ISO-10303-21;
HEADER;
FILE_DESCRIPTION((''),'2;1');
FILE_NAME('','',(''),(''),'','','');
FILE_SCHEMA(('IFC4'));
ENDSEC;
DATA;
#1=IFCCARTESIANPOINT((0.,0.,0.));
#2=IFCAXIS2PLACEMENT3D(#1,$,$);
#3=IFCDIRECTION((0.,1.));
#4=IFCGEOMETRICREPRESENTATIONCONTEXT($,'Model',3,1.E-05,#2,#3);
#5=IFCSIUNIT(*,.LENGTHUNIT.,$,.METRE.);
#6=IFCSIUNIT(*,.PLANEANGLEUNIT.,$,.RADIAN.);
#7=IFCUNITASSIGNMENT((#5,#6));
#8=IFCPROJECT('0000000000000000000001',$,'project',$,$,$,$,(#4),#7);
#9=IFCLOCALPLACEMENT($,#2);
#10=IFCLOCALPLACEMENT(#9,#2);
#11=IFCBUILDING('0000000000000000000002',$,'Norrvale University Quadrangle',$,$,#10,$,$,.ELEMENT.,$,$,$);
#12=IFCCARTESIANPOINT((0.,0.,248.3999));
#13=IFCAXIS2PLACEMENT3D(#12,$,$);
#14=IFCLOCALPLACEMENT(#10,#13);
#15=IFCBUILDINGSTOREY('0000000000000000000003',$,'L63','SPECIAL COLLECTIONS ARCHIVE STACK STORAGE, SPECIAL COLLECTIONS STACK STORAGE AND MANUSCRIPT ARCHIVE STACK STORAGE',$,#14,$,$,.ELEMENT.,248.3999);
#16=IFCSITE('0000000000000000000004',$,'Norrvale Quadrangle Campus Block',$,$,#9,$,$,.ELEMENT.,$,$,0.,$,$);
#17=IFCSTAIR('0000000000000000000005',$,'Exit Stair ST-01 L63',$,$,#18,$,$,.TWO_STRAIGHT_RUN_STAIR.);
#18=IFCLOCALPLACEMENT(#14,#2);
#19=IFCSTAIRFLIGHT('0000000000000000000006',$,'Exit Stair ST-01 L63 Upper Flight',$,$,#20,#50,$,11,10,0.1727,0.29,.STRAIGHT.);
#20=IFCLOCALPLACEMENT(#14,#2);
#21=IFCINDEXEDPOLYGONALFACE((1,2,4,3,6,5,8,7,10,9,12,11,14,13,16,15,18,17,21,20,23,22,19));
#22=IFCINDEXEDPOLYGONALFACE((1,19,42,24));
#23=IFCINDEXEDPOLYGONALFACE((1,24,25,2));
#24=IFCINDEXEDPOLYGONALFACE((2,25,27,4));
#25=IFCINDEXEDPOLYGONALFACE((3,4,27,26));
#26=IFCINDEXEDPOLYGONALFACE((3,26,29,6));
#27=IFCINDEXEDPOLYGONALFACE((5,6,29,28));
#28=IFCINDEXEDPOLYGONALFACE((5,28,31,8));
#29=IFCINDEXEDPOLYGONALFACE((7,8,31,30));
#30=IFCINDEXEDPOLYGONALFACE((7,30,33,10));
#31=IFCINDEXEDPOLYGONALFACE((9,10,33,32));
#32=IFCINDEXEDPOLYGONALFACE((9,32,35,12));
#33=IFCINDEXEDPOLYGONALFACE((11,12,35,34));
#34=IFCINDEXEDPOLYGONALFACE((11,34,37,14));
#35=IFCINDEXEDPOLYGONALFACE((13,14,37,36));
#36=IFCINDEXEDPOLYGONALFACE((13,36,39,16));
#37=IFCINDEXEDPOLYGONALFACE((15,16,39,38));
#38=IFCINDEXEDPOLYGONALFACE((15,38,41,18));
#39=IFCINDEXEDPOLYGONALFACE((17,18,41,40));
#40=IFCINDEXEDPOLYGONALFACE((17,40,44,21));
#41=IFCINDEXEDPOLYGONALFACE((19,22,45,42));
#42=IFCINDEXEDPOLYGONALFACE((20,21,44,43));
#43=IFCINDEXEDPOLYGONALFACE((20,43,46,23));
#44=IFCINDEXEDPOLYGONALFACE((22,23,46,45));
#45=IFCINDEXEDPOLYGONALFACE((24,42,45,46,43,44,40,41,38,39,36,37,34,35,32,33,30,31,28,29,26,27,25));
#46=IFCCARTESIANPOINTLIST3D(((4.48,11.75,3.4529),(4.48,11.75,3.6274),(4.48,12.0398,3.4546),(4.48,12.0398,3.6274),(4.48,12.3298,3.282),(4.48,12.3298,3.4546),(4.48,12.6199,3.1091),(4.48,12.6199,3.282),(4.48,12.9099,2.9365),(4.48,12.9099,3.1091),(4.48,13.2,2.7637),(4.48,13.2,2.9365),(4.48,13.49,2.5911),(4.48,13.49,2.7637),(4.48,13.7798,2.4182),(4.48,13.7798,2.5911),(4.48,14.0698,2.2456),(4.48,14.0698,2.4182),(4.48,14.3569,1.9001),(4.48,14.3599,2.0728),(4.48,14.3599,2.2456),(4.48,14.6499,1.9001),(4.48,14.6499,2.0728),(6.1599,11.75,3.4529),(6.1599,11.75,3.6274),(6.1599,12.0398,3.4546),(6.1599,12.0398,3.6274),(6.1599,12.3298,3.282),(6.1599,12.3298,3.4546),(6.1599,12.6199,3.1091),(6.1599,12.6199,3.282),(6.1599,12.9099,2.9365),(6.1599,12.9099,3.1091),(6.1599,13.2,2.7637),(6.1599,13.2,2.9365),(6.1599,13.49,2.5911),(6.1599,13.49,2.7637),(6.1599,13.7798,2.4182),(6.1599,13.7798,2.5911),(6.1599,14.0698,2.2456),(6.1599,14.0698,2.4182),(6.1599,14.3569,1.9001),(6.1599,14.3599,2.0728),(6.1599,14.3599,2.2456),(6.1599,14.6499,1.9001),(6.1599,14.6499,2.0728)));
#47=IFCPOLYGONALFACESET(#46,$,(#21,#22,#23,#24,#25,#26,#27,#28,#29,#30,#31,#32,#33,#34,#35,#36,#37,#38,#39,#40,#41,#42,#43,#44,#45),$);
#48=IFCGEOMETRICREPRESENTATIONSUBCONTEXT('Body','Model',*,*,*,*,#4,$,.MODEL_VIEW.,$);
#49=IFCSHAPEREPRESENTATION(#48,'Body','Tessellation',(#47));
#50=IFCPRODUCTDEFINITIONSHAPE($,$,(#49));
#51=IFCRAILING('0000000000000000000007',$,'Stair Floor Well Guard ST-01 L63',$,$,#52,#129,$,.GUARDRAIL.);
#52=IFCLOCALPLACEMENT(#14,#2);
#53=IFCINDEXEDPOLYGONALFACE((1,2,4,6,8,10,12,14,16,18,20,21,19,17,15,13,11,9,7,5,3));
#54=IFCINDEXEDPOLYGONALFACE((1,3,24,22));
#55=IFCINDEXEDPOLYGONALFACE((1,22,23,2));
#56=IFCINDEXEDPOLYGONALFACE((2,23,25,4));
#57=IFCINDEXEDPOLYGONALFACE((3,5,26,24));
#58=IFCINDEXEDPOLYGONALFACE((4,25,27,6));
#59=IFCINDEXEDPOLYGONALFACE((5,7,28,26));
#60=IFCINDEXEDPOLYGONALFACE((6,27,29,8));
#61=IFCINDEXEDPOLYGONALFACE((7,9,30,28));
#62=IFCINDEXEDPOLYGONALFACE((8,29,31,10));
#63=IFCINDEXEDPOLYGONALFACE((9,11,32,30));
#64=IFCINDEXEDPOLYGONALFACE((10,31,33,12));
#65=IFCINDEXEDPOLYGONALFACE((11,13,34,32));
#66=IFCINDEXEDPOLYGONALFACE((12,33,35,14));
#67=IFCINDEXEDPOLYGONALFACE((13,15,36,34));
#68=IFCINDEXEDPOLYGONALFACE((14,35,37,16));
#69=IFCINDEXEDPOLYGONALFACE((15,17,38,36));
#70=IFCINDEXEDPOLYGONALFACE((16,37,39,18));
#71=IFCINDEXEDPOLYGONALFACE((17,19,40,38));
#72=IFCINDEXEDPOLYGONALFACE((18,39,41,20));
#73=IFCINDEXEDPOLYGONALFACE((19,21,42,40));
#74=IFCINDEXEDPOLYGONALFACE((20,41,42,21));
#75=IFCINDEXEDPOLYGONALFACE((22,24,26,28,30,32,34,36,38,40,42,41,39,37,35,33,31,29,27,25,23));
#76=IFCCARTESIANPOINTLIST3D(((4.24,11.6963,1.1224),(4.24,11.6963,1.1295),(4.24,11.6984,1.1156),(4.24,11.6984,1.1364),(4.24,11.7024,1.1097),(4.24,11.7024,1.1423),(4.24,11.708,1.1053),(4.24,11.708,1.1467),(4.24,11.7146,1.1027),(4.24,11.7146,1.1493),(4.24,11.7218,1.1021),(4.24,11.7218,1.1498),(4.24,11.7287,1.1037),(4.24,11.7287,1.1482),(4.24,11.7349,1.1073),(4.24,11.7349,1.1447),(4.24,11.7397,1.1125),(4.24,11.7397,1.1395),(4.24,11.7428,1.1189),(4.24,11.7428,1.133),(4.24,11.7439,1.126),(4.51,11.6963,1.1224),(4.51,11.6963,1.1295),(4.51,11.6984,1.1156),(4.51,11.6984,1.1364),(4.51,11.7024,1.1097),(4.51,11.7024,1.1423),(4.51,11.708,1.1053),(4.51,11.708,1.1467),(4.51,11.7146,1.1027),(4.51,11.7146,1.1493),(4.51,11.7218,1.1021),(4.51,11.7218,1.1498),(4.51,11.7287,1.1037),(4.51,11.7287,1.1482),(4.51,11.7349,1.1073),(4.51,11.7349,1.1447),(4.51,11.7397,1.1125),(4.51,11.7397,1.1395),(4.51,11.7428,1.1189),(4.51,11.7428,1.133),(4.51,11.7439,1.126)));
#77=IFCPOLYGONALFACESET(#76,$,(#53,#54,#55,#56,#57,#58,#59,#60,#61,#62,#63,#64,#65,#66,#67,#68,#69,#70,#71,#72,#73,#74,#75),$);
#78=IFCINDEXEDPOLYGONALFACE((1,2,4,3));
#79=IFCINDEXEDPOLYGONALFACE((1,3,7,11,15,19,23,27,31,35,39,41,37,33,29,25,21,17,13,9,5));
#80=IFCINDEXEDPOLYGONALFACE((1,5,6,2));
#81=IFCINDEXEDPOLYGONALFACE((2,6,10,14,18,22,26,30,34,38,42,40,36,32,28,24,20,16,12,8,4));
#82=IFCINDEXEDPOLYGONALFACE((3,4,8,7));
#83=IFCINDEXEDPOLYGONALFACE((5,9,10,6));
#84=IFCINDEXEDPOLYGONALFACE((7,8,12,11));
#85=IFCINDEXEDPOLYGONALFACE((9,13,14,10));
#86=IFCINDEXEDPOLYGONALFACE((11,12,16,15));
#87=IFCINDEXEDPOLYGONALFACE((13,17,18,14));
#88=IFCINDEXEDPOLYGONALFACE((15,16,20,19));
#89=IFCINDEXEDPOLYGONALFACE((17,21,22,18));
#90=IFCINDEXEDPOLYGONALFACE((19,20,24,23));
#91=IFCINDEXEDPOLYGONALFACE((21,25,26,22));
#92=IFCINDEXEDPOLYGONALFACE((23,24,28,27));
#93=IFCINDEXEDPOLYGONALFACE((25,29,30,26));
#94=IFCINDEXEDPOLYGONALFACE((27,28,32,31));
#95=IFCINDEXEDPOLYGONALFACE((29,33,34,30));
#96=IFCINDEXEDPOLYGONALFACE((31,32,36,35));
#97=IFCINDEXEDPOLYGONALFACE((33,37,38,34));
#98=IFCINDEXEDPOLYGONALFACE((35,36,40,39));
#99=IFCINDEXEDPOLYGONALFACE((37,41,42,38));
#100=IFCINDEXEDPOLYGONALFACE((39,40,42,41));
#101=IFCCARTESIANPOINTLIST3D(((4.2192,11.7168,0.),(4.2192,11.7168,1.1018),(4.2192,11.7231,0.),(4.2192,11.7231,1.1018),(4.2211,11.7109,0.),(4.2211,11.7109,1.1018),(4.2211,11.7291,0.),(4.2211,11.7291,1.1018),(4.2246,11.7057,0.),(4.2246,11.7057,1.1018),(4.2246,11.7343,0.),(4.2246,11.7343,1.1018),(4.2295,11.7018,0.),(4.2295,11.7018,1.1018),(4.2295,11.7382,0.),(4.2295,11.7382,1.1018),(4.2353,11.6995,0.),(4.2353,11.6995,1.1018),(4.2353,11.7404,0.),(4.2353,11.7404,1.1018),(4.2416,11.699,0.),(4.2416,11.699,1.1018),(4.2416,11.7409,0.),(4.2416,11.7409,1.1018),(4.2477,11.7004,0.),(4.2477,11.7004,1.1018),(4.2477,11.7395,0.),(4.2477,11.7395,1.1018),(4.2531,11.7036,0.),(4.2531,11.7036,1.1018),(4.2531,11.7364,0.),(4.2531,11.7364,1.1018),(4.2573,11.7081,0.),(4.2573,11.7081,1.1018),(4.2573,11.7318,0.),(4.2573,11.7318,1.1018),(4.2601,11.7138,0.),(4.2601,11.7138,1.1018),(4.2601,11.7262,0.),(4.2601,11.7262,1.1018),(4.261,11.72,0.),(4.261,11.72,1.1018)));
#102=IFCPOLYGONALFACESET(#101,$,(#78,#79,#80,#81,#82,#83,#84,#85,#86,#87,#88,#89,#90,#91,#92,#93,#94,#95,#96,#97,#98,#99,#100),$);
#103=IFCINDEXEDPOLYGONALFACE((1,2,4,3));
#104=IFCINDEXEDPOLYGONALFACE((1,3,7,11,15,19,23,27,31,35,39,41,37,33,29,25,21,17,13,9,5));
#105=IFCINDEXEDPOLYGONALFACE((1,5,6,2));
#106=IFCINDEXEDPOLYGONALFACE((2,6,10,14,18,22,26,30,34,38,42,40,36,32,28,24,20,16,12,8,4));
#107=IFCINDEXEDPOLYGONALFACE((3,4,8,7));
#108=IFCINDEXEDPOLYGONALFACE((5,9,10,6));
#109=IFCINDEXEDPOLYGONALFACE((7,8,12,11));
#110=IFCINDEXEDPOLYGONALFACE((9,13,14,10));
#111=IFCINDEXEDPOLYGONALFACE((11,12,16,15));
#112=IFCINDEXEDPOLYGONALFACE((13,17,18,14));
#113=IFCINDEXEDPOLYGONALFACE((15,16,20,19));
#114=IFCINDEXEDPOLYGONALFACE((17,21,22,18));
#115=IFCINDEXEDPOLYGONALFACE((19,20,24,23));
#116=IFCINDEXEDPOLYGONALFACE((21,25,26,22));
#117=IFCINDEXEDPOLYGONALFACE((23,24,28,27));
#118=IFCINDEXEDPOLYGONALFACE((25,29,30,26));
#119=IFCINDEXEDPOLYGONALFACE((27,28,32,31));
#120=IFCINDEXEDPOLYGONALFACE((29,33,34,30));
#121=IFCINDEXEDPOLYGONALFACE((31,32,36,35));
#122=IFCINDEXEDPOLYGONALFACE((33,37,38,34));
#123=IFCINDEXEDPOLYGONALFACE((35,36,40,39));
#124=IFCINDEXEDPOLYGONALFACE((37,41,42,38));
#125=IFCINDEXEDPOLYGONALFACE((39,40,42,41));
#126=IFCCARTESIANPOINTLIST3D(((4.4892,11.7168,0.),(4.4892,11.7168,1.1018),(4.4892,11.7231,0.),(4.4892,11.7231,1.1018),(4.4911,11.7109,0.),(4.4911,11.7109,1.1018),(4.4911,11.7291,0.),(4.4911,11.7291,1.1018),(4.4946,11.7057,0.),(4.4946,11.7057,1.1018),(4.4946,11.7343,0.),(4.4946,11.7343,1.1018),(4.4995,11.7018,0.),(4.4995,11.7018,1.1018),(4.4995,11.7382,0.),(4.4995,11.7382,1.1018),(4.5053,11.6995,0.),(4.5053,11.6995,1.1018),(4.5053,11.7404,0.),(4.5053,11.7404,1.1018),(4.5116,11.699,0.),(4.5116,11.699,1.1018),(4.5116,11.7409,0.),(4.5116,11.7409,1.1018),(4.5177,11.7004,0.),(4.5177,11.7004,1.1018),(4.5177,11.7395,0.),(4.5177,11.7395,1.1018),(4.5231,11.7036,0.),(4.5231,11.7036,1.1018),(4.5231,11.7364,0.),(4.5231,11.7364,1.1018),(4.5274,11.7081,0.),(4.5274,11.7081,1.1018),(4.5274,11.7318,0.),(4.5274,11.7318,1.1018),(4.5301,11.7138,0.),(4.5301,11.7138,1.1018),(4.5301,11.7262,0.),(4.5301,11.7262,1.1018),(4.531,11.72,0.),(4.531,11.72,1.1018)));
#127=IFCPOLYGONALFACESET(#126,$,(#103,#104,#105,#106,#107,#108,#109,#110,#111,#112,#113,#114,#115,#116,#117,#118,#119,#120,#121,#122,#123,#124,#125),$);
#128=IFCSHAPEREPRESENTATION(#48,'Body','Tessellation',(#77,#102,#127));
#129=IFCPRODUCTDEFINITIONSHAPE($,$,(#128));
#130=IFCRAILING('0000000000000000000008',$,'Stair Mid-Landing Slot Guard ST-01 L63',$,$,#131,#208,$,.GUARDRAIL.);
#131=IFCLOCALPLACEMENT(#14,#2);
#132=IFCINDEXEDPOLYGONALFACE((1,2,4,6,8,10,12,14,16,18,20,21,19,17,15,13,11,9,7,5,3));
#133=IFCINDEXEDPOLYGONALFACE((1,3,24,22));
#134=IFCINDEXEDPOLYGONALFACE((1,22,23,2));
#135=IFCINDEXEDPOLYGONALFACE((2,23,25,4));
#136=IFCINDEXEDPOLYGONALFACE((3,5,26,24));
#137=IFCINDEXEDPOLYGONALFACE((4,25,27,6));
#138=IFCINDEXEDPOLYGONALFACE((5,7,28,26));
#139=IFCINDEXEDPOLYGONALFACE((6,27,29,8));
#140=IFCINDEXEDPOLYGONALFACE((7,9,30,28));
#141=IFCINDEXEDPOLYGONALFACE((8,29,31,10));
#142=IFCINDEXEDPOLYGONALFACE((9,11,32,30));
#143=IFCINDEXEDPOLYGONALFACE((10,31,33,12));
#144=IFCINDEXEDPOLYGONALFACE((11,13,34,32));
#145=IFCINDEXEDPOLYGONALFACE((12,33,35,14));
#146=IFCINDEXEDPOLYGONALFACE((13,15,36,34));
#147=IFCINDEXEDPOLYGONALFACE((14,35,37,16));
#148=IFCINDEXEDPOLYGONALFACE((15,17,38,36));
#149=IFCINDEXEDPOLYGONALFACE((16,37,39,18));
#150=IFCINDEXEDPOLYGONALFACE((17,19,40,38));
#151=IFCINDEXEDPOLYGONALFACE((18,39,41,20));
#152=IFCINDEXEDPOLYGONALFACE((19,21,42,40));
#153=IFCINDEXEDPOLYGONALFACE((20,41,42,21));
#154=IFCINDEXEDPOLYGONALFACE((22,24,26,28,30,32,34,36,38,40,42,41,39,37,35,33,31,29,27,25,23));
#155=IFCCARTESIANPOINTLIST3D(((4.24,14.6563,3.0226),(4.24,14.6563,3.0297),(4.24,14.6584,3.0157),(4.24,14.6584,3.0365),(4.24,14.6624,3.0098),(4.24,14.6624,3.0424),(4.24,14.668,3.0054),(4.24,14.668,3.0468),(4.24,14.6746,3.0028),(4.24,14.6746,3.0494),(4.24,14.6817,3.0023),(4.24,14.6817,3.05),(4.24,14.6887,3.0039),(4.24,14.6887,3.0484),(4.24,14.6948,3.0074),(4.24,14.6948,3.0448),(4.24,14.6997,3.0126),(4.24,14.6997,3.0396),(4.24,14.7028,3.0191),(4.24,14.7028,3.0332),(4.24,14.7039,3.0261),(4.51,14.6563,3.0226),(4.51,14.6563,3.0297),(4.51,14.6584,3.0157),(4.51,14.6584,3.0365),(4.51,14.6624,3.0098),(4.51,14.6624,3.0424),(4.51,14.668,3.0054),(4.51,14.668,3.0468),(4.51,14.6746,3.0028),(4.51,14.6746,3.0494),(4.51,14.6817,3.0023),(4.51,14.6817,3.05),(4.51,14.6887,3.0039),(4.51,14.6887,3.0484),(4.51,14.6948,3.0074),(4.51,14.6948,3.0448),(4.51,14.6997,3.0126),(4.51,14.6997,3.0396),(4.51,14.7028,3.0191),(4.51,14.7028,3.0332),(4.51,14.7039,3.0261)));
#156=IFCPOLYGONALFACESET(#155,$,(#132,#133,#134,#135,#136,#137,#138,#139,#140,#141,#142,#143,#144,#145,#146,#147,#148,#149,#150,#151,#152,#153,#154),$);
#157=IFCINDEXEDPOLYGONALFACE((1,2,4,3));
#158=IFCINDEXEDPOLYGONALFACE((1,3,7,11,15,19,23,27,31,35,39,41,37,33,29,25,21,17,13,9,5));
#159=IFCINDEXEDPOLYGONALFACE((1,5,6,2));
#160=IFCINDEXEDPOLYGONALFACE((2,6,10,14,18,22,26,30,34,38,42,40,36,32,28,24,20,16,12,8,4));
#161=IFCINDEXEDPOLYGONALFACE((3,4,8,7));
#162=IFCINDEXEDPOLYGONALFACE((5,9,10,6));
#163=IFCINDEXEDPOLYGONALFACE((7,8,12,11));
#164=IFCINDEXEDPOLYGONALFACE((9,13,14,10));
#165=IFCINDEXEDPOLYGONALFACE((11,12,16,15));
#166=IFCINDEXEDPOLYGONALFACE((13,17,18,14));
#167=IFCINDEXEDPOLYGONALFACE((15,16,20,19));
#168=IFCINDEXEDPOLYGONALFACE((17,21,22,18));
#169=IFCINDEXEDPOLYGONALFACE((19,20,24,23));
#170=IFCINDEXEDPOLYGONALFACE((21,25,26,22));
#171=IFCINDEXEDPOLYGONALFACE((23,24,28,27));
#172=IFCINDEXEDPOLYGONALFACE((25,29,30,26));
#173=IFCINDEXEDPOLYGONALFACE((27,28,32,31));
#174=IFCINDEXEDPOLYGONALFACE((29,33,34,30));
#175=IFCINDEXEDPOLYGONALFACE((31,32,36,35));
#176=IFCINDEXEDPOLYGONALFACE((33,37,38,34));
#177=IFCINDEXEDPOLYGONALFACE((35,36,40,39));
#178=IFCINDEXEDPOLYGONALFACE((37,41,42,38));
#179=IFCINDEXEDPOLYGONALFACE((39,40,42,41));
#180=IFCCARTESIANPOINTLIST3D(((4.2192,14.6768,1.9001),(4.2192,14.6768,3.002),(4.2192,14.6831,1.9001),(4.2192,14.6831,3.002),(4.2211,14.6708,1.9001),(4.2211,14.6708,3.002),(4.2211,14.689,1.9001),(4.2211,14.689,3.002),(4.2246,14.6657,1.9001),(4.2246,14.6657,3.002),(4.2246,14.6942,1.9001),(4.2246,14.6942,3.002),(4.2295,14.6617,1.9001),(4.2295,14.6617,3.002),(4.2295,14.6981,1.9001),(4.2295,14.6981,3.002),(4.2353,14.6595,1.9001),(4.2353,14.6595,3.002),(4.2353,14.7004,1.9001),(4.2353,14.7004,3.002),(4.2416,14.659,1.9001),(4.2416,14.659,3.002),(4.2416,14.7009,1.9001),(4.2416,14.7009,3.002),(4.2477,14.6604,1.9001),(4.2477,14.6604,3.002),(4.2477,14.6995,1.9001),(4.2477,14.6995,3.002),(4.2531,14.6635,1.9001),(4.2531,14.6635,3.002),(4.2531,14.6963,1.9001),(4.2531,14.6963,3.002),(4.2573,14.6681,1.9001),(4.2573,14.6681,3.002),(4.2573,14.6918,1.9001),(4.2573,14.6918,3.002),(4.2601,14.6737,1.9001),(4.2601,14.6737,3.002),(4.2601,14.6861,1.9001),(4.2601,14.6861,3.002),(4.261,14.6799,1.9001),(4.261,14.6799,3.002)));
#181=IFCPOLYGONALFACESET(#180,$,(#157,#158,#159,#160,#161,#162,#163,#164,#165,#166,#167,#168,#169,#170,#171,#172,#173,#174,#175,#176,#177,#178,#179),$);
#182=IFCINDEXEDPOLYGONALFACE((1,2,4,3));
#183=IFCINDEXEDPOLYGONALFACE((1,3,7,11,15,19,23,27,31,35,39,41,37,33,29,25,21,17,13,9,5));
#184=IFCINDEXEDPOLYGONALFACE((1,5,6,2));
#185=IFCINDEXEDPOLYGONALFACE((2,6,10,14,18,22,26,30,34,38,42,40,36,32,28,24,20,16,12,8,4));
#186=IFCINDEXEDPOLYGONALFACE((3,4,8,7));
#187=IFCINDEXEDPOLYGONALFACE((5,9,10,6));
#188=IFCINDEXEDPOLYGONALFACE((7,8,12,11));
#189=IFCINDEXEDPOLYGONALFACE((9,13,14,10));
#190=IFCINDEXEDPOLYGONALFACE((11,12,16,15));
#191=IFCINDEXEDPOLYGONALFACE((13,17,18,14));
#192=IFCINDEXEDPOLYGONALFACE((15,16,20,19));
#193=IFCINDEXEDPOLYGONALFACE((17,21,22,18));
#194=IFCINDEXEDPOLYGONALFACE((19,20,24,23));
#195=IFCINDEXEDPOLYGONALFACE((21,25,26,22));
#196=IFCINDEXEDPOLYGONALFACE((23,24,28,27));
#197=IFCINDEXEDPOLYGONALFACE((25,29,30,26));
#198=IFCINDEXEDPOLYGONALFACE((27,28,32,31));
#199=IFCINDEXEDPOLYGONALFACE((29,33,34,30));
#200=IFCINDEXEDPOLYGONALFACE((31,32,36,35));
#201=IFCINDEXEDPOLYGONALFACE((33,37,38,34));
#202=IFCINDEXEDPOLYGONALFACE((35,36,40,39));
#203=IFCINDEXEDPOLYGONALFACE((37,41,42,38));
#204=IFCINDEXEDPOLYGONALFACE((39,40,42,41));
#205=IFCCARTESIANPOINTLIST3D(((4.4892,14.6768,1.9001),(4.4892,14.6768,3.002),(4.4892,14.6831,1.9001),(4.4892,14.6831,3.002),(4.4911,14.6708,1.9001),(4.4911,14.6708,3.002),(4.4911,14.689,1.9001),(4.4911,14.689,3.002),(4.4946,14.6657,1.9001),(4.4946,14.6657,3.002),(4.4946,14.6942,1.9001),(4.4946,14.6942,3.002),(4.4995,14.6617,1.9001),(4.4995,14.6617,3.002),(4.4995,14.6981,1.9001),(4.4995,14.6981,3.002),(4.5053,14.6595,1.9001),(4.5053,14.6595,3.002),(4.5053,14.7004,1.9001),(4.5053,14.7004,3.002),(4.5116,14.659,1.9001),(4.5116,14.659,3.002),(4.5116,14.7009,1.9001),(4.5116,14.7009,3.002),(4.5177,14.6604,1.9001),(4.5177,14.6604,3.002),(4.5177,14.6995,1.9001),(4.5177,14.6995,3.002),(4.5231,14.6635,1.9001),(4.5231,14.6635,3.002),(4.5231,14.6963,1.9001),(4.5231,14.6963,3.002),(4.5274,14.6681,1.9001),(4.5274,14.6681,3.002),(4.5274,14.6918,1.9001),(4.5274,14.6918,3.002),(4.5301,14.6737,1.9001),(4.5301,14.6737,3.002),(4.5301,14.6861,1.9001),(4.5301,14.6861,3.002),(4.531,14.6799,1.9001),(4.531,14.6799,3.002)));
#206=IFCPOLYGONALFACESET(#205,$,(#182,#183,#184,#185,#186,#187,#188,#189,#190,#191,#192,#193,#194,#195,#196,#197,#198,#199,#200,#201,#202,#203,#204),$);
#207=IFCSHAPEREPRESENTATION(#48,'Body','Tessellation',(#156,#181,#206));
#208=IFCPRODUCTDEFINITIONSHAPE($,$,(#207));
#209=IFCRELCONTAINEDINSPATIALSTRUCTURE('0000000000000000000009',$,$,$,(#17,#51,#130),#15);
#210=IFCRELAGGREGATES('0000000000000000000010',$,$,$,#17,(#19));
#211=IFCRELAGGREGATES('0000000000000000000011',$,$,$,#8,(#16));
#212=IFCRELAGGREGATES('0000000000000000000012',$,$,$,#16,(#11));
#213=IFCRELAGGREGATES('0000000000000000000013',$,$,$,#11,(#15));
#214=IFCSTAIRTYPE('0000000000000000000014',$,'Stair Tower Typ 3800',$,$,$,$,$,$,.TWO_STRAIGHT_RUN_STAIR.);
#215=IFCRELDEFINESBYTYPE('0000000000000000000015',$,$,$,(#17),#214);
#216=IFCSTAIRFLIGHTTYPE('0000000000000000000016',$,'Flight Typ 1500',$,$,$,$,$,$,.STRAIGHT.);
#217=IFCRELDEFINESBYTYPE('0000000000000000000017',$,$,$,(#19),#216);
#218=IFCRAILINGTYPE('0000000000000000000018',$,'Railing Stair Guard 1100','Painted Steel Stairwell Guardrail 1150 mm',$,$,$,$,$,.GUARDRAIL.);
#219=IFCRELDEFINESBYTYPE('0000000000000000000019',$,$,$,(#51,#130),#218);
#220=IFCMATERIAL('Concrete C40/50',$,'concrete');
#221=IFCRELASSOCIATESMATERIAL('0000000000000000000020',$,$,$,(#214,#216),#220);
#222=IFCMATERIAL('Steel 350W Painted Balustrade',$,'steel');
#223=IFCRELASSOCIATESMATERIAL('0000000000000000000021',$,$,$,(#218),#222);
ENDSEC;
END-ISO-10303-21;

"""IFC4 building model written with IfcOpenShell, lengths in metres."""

from ifc_helpers import new_model, si_unit, direction, frame, origin, origin_2d, place, context, subcontext, project, spatial, polyline, circle, outline, extrude, material, type_object, element, aggregate, save


model = new_model("IFC4")

# Units and contexts
model_context = context("Model", 3, precision=1e-05, world=origin(), true_north=direction((0.0, 1.0)))
body_context = subcontext(model_context, "Body", "Model", "MODEL_VIEW")
ifc_project = project(units=[si_unit("LENGTHUNIT", "METRE"), si_unit("PLANEANGLEUNIT", "RADIAN")], contexts=[model_context])

# Site, building, storey
site_placement = place(None, origin())
site = spatial("IfcSite", under=ifc_project, at=site_placement, Name="Norrvale Quadrangle Campus Block", CompositionType="ELEMENT", RefElevation=0.0)
building_placement = place(site_placement, origin())
building = spatial("IfcBuilding", under=site, at=building_placement, Name="Norrvale University Quadrangle", CompositionType="ELEMENT")
storey_placement = place(building_placement, frame((0.0, 0.0, 248.3999)))
storey = spatial("IfcBuildingStorey", under=building, at=storey_placement, Name="L63", Description="SPECIAL COLLECTIONS ARCHIVE STACK STORAGE, SPECIAL COLLECTIONS STACK STORAGE AND MANUSCRIPT ARCHIVE STACK STORAGE", CompositionType="ELEMENT", Elevation=248.3999)

# Stair, stair flight
ifc_material_1 = material(Name="Concrete C40/50", Category="concrete")
stair_type = type_object("IfcStairType", Name="Stair Tower Typ 3800", PredefinedType="TWO_STRAIGHT_RUN_STAIR", material=ifc_material_1)
stair_placement = place(storey_placement, origin())
stair = element("IfcStair", 1, at=stair_placement, inside=storey, type_object=stair_type, Name="Exit Stair ST-01 L63", PredefinedType="TWO_STRAIGHT_RUN_STAIR")
stair_flight_type = type_object("IfcStairFlightType", Name="Flight Typ 1500", PredefinedType="STRAIGHT", material=ifc_material_1)
stair_flight_1_placement = place(storey_placement, frame((5.3201, 14.6499, 1.9001), z_axis=(0.0, 0.0, 1.0), x_axis=(0.0, -1.0, 0.0)))
stair_flight_1 = element("IfcStairFlight", 2, at=stair_flight_1_placement, type_object=stair_flight_type, Name="Exit Stair ST-01 L63 Upper Flight", NumberOfRisers=11, NumberOfTreads=10, PredefinedType="STRAIGHT", RiserHeight=0.1727, TreadLength=0.29, context=body_context, shape_type="SweptSolid", body=[
    extrude(outline(polyline([(0.0, 0.0), (0.0, 0.1726), (0.29, 0.1726), (0.29, 0.3455), (0.5801, 0.3455), (0.5801, 0.5181), (0.8701, 0.5181), (0.8701, 0.6909), (1.1599, 0.6909), (1.1599, 0.8635), (1.45, 0.8635), (1.45, 1.0364), (1.74, 1.0364), (1.74, 1.209), (2.03, 1.209), (2.03, 1.3818), (2.3201, 1.3818), (2.3201, 1.5544), (2.6101, 1.5544), (2.6101, 1.7273), (2.8999, 1.7273), (2.8999, 1.8999), (2.8999, 1.5527), (0.293, 0.0), (0.0, 0.0)])), frame((0.0, 0.8398, 0.0), z_axis=(0.0, -1.0, 0.0), x_axis=(1.0, 0.0, 0.0)), (0.0, 0.0, 1.0), 1.6799),
])
aggregate(stair, [stair_flight_1])

# Railings
ifc_material_2 = material(Name="Steel 350W Painted Balustrade", Category="steel")
railing_type_1 = type_object("IfcRailingType", Name="Railing Stair Guard 1100", Description="Painted Steel Stairwell Guardrail 1150 mm", PredefinedType="GUARDRAIL", material=ifc_material_2)
for number, where, name in (
    (3, (4.24, 11.72, 0.0), "Stair Floor Well Guard ST-01 L63"),
    (4, (4.24, 14.6799, 1.9001), "Stair Mid-Landing Slot Guard ST-01 L63"),
):
    element("IfcRailing", number, at=place(storey_placement, frame(where)), inside=storey, type_object=railing_type_1, Name=name, PredefinedType="GUARDRAIL", context=body_context, shape_type="SweptSolid", body=[
        extrude(circle(Radius=0.0239, at=origin_2d()), frame((0.0, 0.0, 1.126), z_axis=(1.0, 0.0, 0.0), x_axis=(0.0, 1.0, 0.0)), (0.0, 0.0, 1.0), 0.27),
        extrude(circle(Radius=0.021, at=origin_2d()), origin(), (0.0, 0.0, 1.0), 1.1018),
        extrude(circle(Radius=0.021, at=origin_2d()), frame((0.27, 0.0, 0.0)), (0.0, 0.0, 1.0), 1.1018),
    ])

save(model, "model.ifc")
